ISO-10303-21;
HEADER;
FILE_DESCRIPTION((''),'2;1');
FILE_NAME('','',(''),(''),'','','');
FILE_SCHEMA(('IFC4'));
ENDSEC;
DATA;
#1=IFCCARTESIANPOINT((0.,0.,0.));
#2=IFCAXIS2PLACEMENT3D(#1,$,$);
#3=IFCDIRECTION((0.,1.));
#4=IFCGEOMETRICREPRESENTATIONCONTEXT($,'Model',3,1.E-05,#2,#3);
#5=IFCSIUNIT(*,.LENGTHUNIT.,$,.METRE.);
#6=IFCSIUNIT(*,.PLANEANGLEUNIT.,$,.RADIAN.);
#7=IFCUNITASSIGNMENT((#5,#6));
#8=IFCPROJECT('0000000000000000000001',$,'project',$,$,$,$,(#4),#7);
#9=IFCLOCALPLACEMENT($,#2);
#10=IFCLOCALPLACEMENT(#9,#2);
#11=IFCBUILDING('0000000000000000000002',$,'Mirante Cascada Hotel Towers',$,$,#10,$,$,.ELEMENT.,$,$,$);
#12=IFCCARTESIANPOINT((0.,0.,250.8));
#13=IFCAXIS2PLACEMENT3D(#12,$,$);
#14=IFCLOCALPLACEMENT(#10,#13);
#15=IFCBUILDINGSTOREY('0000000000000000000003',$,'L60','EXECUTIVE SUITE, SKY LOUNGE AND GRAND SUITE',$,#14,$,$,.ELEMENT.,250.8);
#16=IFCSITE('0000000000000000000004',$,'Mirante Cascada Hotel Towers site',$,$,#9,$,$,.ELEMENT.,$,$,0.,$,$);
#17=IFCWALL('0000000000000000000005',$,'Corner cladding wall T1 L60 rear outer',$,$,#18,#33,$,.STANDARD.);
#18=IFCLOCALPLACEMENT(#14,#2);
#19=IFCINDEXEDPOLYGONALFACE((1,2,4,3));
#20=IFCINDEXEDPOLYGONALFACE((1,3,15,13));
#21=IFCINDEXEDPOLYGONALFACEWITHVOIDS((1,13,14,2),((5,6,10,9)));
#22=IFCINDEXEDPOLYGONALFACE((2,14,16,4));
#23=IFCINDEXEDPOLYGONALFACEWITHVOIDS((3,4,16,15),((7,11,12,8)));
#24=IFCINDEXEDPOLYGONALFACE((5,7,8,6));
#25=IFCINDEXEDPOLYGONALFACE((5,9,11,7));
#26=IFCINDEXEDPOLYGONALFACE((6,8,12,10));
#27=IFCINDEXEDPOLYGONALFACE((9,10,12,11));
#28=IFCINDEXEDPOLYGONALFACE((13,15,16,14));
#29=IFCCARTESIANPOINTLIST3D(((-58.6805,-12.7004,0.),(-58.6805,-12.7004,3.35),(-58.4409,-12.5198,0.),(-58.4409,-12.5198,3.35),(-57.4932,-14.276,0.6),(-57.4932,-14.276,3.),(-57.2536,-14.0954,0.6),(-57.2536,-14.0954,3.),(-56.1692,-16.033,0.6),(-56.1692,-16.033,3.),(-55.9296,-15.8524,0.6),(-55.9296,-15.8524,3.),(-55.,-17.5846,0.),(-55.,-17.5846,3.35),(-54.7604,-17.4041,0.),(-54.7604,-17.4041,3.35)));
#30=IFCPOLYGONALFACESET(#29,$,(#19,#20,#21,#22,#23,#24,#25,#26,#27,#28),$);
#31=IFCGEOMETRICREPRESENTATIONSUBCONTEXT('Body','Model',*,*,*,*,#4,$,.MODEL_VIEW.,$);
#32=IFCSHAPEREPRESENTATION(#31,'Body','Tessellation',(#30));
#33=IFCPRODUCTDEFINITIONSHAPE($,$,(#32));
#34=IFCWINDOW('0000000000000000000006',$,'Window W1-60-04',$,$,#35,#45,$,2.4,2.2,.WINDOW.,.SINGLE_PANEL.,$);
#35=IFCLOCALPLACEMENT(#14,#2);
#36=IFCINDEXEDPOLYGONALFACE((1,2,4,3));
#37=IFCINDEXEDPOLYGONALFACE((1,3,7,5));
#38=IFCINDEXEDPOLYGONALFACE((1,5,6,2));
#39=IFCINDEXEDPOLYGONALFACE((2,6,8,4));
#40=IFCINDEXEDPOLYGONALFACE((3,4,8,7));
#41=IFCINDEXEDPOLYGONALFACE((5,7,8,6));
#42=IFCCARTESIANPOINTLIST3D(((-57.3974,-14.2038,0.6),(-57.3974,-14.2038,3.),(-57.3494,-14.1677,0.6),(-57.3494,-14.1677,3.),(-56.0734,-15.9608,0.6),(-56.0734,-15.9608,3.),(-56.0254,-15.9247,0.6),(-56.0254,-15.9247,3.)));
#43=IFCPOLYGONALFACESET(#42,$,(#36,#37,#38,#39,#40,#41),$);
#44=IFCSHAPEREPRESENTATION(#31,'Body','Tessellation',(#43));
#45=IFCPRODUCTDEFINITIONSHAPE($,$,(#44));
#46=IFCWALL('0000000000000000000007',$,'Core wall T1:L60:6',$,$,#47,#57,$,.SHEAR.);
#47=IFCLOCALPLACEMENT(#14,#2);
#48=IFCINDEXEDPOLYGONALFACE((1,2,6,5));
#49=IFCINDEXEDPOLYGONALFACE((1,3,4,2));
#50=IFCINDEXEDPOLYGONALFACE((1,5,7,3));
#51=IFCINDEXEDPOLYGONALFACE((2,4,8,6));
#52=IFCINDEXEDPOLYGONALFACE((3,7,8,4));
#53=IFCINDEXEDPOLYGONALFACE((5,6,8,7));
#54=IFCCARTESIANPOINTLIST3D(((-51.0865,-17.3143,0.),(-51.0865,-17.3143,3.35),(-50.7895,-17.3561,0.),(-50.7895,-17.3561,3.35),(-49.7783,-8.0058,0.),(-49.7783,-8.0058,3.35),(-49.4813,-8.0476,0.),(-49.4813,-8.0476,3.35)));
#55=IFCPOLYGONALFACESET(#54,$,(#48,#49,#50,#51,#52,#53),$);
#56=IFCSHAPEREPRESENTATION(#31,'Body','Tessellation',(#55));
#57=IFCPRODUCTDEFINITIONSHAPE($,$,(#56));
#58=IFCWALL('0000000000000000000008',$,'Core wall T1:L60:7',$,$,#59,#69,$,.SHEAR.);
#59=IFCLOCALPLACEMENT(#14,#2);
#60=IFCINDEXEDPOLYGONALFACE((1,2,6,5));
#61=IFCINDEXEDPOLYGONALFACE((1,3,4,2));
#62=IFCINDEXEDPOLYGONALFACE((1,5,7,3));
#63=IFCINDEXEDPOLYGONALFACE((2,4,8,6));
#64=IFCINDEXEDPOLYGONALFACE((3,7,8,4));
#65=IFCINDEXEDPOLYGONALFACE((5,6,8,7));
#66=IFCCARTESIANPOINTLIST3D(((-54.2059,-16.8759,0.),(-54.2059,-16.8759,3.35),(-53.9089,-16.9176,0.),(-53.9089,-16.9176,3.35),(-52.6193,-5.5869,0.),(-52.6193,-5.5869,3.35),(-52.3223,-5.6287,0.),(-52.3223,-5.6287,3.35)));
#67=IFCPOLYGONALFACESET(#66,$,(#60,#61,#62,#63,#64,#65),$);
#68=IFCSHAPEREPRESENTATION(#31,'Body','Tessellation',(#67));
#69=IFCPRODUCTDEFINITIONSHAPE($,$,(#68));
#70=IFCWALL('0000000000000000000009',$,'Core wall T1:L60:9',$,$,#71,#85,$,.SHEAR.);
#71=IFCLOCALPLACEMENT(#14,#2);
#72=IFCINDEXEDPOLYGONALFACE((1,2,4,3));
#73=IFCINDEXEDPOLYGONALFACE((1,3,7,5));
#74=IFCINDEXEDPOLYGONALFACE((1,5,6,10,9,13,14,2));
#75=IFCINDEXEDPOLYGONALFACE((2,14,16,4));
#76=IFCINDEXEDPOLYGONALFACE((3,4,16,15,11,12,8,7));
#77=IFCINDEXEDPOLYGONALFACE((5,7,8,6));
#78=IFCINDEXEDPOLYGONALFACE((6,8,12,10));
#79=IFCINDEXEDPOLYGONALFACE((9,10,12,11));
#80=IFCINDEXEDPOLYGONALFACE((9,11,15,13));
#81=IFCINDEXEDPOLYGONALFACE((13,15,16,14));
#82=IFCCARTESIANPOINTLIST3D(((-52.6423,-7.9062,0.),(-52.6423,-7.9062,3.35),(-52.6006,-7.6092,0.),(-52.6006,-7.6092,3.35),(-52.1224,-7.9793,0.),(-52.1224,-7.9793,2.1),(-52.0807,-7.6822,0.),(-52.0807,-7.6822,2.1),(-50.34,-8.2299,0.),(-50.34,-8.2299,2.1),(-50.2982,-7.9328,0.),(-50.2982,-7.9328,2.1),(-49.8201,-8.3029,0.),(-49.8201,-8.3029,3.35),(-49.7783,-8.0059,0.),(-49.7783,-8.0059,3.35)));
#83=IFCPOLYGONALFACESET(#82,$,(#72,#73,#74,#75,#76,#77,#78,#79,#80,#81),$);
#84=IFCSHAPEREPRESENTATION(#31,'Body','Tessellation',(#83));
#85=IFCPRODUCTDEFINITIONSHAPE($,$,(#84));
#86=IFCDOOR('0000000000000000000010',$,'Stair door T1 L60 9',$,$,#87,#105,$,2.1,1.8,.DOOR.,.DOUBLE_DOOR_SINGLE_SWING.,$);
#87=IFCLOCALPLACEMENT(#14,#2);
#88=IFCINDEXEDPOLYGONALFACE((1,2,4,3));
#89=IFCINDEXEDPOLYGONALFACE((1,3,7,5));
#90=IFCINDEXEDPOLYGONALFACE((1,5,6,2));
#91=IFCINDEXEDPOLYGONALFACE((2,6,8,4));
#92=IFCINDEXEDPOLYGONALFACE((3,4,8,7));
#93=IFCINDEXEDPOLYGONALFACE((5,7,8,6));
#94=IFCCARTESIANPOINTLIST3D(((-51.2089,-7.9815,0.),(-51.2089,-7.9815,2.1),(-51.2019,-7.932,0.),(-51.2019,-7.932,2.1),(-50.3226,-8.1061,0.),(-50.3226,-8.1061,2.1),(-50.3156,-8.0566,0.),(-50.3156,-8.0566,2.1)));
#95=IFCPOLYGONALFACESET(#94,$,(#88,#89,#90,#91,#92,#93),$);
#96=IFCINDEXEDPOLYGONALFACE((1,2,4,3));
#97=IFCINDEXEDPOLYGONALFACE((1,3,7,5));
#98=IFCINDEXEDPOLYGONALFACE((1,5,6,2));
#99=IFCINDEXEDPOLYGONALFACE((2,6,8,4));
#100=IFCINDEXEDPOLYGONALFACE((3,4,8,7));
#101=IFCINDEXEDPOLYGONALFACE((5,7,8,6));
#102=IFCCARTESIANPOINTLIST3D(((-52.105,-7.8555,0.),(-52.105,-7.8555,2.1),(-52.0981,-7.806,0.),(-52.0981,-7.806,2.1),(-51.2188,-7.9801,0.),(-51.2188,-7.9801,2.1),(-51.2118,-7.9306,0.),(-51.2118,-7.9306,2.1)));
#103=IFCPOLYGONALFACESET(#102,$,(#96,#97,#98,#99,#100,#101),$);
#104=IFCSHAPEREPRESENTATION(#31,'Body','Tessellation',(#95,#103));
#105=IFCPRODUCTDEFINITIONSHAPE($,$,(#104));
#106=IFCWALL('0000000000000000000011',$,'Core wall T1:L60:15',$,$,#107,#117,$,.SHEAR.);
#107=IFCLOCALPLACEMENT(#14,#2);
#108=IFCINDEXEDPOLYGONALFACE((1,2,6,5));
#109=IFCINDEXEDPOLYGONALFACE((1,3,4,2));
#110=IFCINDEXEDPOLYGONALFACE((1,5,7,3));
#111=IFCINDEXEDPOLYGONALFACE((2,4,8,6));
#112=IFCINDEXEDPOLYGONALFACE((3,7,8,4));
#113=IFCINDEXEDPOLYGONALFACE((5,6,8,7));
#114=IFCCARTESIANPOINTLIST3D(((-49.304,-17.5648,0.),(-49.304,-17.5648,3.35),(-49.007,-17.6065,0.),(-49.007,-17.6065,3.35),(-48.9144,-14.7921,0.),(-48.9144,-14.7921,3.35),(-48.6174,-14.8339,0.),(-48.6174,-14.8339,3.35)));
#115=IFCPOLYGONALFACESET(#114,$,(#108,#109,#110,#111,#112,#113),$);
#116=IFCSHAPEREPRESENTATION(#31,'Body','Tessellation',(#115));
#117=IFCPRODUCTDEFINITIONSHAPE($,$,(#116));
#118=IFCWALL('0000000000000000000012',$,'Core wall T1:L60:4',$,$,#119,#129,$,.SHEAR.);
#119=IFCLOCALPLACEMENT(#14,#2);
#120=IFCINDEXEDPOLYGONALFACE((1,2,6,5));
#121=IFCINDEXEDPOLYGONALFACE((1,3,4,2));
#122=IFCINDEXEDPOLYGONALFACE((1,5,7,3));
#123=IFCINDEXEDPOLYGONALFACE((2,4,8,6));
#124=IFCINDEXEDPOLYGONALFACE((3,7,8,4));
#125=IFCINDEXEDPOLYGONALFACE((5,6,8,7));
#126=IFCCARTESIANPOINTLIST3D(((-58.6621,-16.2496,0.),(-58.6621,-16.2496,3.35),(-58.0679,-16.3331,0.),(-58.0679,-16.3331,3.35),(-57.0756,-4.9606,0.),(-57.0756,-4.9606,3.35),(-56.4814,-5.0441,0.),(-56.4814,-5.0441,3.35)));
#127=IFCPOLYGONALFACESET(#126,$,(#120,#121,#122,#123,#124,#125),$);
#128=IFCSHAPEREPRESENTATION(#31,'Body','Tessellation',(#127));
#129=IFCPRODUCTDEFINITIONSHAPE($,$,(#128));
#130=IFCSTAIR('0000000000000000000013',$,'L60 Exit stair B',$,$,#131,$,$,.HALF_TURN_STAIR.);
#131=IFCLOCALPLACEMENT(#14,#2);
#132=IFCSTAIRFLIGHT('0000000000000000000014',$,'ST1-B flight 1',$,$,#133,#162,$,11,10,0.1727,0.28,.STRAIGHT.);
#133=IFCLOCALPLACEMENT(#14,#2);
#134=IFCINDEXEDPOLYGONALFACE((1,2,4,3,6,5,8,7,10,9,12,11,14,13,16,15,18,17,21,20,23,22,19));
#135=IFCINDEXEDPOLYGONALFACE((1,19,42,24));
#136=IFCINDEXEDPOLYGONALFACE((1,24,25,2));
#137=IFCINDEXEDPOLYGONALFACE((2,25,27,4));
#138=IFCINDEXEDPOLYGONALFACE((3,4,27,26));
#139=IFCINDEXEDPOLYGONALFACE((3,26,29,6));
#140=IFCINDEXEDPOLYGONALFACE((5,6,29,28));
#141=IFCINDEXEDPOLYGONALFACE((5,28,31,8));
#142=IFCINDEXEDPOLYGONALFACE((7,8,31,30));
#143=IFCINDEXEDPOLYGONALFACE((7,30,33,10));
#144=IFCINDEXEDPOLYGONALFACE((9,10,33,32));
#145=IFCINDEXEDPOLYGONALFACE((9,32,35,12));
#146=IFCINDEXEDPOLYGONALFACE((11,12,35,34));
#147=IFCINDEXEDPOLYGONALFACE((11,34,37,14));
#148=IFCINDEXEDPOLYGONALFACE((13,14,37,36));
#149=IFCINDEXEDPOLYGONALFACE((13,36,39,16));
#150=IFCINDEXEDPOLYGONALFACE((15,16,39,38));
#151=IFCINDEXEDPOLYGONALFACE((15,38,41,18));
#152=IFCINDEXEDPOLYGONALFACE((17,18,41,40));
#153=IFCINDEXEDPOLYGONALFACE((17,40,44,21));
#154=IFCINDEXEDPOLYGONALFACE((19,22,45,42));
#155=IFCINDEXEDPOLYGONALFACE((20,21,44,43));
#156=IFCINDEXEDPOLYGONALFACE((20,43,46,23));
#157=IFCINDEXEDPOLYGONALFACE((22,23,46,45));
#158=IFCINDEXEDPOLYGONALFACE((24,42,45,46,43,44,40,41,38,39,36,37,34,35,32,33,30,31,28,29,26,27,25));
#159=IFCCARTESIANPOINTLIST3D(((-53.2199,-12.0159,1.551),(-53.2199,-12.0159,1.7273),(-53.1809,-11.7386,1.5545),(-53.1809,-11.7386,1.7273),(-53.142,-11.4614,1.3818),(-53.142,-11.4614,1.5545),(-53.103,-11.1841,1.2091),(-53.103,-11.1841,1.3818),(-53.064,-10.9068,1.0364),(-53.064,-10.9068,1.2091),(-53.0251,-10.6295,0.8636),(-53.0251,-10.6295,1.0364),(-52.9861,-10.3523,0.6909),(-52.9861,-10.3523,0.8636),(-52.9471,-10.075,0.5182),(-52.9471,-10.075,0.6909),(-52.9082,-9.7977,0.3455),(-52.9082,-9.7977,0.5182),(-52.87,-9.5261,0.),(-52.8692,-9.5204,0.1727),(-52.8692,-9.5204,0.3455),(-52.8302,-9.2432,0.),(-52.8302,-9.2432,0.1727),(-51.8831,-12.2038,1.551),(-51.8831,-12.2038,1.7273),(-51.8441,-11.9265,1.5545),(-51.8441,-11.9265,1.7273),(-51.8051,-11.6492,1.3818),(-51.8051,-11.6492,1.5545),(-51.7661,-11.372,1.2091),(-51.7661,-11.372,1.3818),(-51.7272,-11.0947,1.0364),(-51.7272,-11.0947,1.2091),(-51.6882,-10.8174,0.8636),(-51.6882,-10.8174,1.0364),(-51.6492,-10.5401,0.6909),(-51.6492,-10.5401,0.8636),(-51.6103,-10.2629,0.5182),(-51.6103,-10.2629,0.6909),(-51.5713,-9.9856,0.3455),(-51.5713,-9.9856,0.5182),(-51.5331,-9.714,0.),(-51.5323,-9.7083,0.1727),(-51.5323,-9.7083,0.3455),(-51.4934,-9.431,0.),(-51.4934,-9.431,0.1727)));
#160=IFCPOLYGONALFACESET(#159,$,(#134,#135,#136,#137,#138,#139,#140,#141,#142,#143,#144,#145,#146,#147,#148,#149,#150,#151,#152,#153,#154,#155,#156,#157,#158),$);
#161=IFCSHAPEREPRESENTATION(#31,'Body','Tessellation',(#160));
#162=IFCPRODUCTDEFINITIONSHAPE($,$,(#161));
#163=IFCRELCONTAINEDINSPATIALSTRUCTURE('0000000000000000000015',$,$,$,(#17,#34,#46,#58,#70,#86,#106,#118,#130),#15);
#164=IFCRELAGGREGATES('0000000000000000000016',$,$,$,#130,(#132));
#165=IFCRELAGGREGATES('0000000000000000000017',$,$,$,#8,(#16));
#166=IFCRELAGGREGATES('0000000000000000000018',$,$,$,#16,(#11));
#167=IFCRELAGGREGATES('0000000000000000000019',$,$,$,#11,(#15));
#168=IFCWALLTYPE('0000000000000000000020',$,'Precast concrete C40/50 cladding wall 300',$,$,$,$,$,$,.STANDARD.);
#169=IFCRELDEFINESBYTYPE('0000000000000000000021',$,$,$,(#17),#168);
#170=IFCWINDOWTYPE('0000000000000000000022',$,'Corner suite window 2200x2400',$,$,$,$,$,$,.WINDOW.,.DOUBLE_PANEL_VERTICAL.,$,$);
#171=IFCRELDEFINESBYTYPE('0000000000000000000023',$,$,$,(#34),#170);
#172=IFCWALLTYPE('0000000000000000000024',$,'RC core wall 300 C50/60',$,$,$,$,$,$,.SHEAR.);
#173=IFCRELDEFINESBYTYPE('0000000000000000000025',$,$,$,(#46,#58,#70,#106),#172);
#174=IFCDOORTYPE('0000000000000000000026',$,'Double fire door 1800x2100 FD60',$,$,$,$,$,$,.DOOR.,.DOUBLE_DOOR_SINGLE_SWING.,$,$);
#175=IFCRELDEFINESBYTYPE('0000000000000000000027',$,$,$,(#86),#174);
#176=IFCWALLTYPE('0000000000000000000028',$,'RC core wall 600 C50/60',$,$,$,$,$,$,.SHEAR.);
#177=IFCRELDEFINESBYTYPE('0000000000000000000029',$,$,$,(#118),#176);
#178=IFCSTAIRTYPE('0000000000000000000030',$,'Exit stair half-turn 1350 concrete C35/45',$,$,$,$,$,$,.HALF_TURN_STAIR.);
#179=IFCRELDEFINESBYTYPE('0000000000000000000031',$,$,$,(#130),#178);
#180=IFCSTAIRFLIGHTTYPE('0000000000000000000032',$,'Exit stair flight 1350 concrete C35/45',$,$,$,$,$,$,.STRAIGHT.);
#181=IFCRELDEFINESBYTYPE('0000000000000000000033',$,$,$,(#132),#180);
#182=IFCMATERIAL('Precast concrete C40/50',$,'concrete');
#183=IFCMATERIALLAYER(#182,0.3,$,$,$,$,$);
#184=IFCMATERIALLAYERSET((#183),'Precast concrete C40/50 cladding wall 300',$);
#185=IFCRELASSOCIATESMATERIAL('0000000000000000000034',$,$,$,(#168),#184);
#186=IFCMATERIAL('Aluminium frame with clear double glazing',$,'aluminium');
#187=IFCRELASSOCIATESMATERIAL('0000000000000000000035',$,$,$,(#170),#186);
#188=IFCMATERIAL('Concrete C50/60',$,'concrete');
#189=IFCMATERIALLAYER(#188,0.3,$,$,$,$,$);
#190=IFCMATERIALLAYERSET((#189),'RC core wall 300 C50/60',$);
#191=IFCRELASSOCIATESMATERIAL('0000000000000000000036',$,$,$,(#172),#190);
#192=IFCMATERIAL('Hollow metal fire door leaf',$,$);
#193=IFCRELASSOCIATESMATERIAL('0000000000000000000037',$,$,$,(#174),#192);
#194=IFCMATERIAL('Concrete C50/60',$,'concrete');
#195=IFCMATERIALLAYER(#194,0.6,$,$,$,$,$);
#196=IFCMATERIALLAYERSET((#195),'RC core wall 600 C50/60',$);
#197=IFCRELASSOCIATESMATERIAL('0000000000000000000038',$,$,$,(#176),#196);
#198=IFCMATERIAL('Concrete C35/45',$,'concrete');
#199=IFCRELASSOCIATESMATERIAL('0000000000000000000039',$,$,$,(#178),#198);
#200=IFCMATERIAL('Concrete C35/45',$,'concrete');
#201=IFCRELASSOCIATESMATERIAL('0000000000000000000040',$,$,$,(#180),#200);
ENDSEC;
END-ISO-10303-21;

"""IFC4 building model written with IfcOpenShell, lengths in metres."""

from ifc_helpers import new_model, si_unit, direction, frame, frame_2d, origin, place, context, subcontext, project, spatial, polyline, rectangle, outline, extrude, material, layer, layer_set, type_object, element, fill, aggregate, save


model = new_model("IFC4")

# Units and contexts
model_context = context("Model", 3, precision=1e-05, world=origin(), true_north=direction((0.0, 1.0)))
body_context = subcontext(model_context, "Body", "Model", "MODEL_VIEW")
ifc_project = project(units=[si_unit("LENGTHUNIT", "METRE"), si_unit("PLANEANGLEUNIT", "RADIAN")], contexts=[model_context])

# Site, building, storey
site_placement = place(None, origin())
site = spatial("IfcSite", under=ifc_project, at=site_placement, Name="Mirante Cascada Hotel Towers site", CompositionType="ELEMENT", RefElevation=0.0)
building_placement = place(site_placement, origin())
building = spatial("IfcBuilding", under=site, at=building_placement, Name="Mirante Cascada Hotel Towers", CompositionType="ELEMENT")
storey_placement = place(building_placement, frame((0.0, 0.0, 250.8)))
storey = spatial("IfcBuildingStorey", under=building, at=storey_placement, Name="L60", Description="EXECUTIVE SUITE, SKY LOUNGE AND GRAND SUITE", CompositionType="ELEMENT", Elevation=250.8)

# Wall, opening, window
ifc_material_1 = material(Name="Precast concrete C40/50", Category="concrete")
ifc_layer_1 = layer(ifc_material_1, 0.3)
ifc_layer_set_1 = layer_set([ifc_layer_1], Name="Precast concrete C40/50 cladding wall 300")
wall_type_1 = type_object("IfcWallType", Name="Precast concrete C40/50 cladding wall 300", PredefinedType="STANDARD", material=ifc_layer_set_1)
wall_1_placement = place(storey_placement, frame((-54.8802, -17.4943, 0.0), z_axis=(0.0, 0.0, 1.0), x_axis=(-0.601814, 0.798636, 0.0)))
wall_1 = element("IfcWall", 1, at=wall_1_placement, inside=storey, type_object=wall_type_1, Name="Corner cladding wall T1 L60 rear outer", PredefinedType="STANDARD", context=body_context, shape_type="SweptSolid", body=[
    extrude(rectangle(XDim=6.1157, YDim=0.3, at=frame_2d((3.0578, 0.0))), origin(), (0.0, 0.0, 1.0), 3.35),
])
opening_1_placement = place(wall_1_placement, frame((1.9428, 0.0, 0.6)))
opening_1 = element("IfcOpeningElement", 2, at=opening_1_placement, cuts=wall_1, PredefinedType="OPENING", context=body_context, shape_type="SweptSolid", body=[
    extrude(rectangle(XDim=2.2, YDim=2.4, at=frame_2d((1.1, 1.2))), frame((0.0, 0.15, 0.0), z_axis=(0.0, -1.0, 0.0), x_axis=(1.0, 0.0, 0.0)), (0.0, 0.0, 1.0), 0.3),
])
ifc_material_2 = material(Name="Aluminium frame with clear double glazing", Category="aluminium")
window_type = type_object("IfcWindowType", Name="Corner suite window 2200x2400", PartitioningType="DOUBLE_PANEL_VERTICAL", PredefinedType="WINDOW", material=ifc_material_2)
window_placement = place(opening_1_placement, origin())
window = element("IfcWindow", 3, at=window_placement, inside=storey, type_object=window_type, Name="Window W1-60-04", OverallHeight=2.4, OverallWidth=2.2, PartitioningType="SINGLE_PANEL", PredefinedType="WINDOW", context=body_context, shape_type="SweptSolid", body=[
    extrude(rectangle(XDim=2.2, YDim=2.4, at=frame_2d((1.1, 1.2))), frame((0.0, 0.03, 0.0), z_axis=(0.0, -1.0, 0.0), x_axis=(1.0, 0.0, 0.0)), (0.0, 0.0, 1.0), 0.06),
])
fill(opening_1, window)

# Walls
ifc_material_3 = material(Name="Concrete C50/60", Category="concrete")
ifc_layer_2 = layer(ifc_material_3, 0.3)
ifc_layer_set_2 = layer_set([ifc_layer_2], Name="RC core wall 300 C50/60")
wall_type_2 = type_object("IfcWallType", Name="RC core wall 300 C50/60", PredefinedType="SHEAR", material=ifc_layer_set_2)
wall_2_placement = place(storey_placement, frame((-50.938, -17.3352, 0.0), z_axis=(0.0, 0.0, 1.0), x_axis=(0.139171, 0.990268, 0.0)))
element("IfcWall", 4, at=wall_2_placement, inside=storey, type_object=wall_type_2, Name="Core wall T1:L60:6", PredefinedType="SHEAR", context=body_context, shape_type="SweptSolid", body=[
    extrude(rectangle(XDim=9.4, YDim=0.3, at=frame_2d((4.7, 0.0))), origin(), (0.0, 0.0, 1.0), 3.35),
])
wall_3_placement = place(storey_placement, frame((-54.0574, -16.8968, 0.0), z_axis=(0.0, 0.0, 1.0), x_axis=(0.139176, 0.990268, 0.0)))
element("IfcWall", 5, at=wall_3_placement, inside=storey, type_object=wall_type_2, Name="Core wall T1:L60:7", PredefinedType="SHEAR", context=body_context, shape_type="SweptSolid", body=[
    extrude(rectangle(XDim=11.3999, YDim=0.3, at=frame_2d((5.7, 0.0))), origin(), (0.0, 0.0, 1.0), 3.35),
])

# Wall, opening, door
wall_4_placement = place(storey_placement, frame((-49.7992, -8.1544, 0.0), z_axis=(0.0, 0.0, 1.0), x_axis=(-0.990266, 0.139191, 0.0)))
wall_4 = element("IfcWall", 6, at=wall_4_placement, inside=storey, type_object=wall_type_2, Name="Core wall T1:L60:9", PredefinedType="SHEAR", context=body_context, shape_type="SweptSolid", body=[
    extrude(rectangle(XDim=2.85, YDim=0.3, at=frame_2d((1.425, 0.0))), origin(), (0.0, 0.0, 1.0), 3.35),
])
opening_2_placement = place(wall_4_placement, frame((0.525, 0.0, 0.0)))
opening_2 = element("IfcOpeningElement", 7, at=opening_2_placement, cuts=wall_4, PredefinedType="OPENING", context=body_context, shape_type="SweptSolid", body=[
    extrude(rectangle(XDim=1.8, YDim=2.1, at=frame_2d((0.9, 1.05))), frame((0.0, 0.15, 0.0), z_axis=(0.0, -1.0, 0.0), x_axis=(1.0, 0.0, 0.0)), (0.0, 0.0, 1.0), 0.3),
])
ifc_material_4 = material(Name="Hollow metal fire door leaf")
door_type_1 = type_object("IfcDoorType", Name="Double fire door 1800x2100 FD60", OperationType="DOUBLE_DOOR_SINGLE_SWING", PredefinedType="DOOR", material=ifc_material_4)
door_1_placement = place(opening_2_placement, origin())
door_1 = element("IfcDoor", 8, at=door_1_placement, inside=storey, type_object=door_type_1, Name="Stair door T1 L60 9", OperationType="DOUBLE_DOOR_SINGLE_SWING", OverallHeight=2.1, OverallWidth=1.8, PredefinedType="DOOR", context=body_context, shape_type="SweptSolid", body=[
    extrude(rectangle(XDim=0.895, YDim=2.1, at=frame_2d((0.4475, 1.05))), frame((0.0, 0.025, 0.0), z_axis=(0.0, -1.0, 0.0), x_axis=(1.0, 0.0, 0.0)), (0.0, 0.0, 1.0), 0.05),
    extrude(rectangle(XDim=0.895, YDim=2.1, at=frame_2d((1.3525, 1.05))), frame((0.0, 0.025, 0.0), z_axis=(0.0, -1.0, 0.0), x_axis=(1.0, 0.0, 0.0)), (0.0, 0.0, 1.0), 0.05),
])
fill(opening_2, door_1)

# Walls
wall_5_placement = place(storey_placement, frame((-49.1555, -17.5857, 0.0), z_axis=(0.0, 0.0, 1.0), x_axis=(0.139146, 0.990272, 0.0)))
element("IfcWall", 9, at=wall_5_placement, inside=storey, type_object=wall_type_2, Name="Core wall T1:L60:15", PredefinedType="SHEAR", context=body_context, shape_type="SweptSolid", body=[
    extrude(rectangle(XDim=2.7999, YDim=0.3, at=frame_2d((1.4, 0.0))), origin(), (0.0, 0.0, 1.0), 3.35),
])
ifc_material_5 = material(Name="Concrete C50/60", Category="concrete")
ifc_layer_3 = layer(ifc_material_5, 0.6)
ifc_layer_set_3 = layer_set([ifc_layer_3], Name="RC core wall 600 C50/60")
wall_type_3 = type_object("IfcWallType", Name="RC core wall 600 C50/60", PredefinedType="SHEAR", material=ifc_layer_set_3)
wall_6_placement = place(storey_placement, frame((-58.365, -16.2914, 0.0), z_axis=(0.0, 0.0, 1.0), x_axis=(0.139167, 0.990269, 0.0)))
element("IfcWall", 10, at=wall_6_placement, inside=storey, type_object=wall_type_3, Name="Core wall T1:L60:4", PredefinedType="SHEAR", context=body_context, shape_type="SweptSolid", body=[
    extrude(rectangle(XDim=11.3999, YDim=0.6, at=frame_2d((5.7, 0.0))), origin(), (0.0, 0.0, 1.0), 3.35),
])

# Stair, stair flight
ifc_material_6 = material(Name="Concrete C35/45", Category="concrete")
stair_type = type_object("IfcStairType", Name="Exit stair half-turn 1350 concrete C35/45", PredefinedType="HALF_TURN_STAIR", material=ifc_material_6)
stair_placement = place(storey_placement, origin())
stair = element("IfcStair", 11, at=stair_placement, inside=storey, type_object=stair_type, Name="L60 Exit stair B", PredefinedType="HALF_TURN_STAIR")
ifc_material_7 = material(Name="Concrete C35/45", Category="concrete")
stair_flight_type = type_object("IfcStairFlightType", Name="Exit stair flight 1350 concrete C35/45", PredefinedType="STRAIGHT", material=ifc_material_7)
stair_flight_1_placement = place(storey_placement, frame((-52.1618, -9.3371, 0.0), z_axis=(0.0, 0.0, 1.0), x_axis=(-0.139173, -0.990268, 0.0)))
stair_flight_1 = element("IfcStairFlight", 12, at=stair_flight_1_placement, type_object=stair_flight_type, Name="ST1-B flight 1", NumberOfRisers=11, NumberOfTreads=10, PredefinedType="STRAIGHT", RiserHeight=0.1727, TreadLength=0.28, context=body_context, shape_type="SweptSolid", body=[
    extrude(outline(polyline([(0.0, 0.0), (0.0, 0.1727), (0.28, 0.1727), (0.28, 0.3455), (0.56, 0.3455), (0.56, 0.5182), (0.84, 0.5182), (0.84, 0.6909), (1.12, 0.6909), (1.12, 0.8636), (1.4, 0.8636), (1.4, 1.0364), (1.68, 1.0364), (1.68, 1.2091), (1.96, 1.2091), (1.96, 1.3818), (2.24, 1.3818), (2.24, 1.5545), (2.52, 1.5545), (2.52, 1.7273), (2.8, 1.7273), (2.8, 1.9), (2.8, 1.551), (0.2857, 0.0), (0.0, 0.0)])), frame((0.0, 0.675, 0.0), z_axis=(0.0, -1.0, 0.0), x_axis=(1.0, 0.0, 0.0)), (0.0, 0.0, 1.0), 1.35),
])
aggregate(stair, [stair_flight_1])

save(model, "model.ifc")
